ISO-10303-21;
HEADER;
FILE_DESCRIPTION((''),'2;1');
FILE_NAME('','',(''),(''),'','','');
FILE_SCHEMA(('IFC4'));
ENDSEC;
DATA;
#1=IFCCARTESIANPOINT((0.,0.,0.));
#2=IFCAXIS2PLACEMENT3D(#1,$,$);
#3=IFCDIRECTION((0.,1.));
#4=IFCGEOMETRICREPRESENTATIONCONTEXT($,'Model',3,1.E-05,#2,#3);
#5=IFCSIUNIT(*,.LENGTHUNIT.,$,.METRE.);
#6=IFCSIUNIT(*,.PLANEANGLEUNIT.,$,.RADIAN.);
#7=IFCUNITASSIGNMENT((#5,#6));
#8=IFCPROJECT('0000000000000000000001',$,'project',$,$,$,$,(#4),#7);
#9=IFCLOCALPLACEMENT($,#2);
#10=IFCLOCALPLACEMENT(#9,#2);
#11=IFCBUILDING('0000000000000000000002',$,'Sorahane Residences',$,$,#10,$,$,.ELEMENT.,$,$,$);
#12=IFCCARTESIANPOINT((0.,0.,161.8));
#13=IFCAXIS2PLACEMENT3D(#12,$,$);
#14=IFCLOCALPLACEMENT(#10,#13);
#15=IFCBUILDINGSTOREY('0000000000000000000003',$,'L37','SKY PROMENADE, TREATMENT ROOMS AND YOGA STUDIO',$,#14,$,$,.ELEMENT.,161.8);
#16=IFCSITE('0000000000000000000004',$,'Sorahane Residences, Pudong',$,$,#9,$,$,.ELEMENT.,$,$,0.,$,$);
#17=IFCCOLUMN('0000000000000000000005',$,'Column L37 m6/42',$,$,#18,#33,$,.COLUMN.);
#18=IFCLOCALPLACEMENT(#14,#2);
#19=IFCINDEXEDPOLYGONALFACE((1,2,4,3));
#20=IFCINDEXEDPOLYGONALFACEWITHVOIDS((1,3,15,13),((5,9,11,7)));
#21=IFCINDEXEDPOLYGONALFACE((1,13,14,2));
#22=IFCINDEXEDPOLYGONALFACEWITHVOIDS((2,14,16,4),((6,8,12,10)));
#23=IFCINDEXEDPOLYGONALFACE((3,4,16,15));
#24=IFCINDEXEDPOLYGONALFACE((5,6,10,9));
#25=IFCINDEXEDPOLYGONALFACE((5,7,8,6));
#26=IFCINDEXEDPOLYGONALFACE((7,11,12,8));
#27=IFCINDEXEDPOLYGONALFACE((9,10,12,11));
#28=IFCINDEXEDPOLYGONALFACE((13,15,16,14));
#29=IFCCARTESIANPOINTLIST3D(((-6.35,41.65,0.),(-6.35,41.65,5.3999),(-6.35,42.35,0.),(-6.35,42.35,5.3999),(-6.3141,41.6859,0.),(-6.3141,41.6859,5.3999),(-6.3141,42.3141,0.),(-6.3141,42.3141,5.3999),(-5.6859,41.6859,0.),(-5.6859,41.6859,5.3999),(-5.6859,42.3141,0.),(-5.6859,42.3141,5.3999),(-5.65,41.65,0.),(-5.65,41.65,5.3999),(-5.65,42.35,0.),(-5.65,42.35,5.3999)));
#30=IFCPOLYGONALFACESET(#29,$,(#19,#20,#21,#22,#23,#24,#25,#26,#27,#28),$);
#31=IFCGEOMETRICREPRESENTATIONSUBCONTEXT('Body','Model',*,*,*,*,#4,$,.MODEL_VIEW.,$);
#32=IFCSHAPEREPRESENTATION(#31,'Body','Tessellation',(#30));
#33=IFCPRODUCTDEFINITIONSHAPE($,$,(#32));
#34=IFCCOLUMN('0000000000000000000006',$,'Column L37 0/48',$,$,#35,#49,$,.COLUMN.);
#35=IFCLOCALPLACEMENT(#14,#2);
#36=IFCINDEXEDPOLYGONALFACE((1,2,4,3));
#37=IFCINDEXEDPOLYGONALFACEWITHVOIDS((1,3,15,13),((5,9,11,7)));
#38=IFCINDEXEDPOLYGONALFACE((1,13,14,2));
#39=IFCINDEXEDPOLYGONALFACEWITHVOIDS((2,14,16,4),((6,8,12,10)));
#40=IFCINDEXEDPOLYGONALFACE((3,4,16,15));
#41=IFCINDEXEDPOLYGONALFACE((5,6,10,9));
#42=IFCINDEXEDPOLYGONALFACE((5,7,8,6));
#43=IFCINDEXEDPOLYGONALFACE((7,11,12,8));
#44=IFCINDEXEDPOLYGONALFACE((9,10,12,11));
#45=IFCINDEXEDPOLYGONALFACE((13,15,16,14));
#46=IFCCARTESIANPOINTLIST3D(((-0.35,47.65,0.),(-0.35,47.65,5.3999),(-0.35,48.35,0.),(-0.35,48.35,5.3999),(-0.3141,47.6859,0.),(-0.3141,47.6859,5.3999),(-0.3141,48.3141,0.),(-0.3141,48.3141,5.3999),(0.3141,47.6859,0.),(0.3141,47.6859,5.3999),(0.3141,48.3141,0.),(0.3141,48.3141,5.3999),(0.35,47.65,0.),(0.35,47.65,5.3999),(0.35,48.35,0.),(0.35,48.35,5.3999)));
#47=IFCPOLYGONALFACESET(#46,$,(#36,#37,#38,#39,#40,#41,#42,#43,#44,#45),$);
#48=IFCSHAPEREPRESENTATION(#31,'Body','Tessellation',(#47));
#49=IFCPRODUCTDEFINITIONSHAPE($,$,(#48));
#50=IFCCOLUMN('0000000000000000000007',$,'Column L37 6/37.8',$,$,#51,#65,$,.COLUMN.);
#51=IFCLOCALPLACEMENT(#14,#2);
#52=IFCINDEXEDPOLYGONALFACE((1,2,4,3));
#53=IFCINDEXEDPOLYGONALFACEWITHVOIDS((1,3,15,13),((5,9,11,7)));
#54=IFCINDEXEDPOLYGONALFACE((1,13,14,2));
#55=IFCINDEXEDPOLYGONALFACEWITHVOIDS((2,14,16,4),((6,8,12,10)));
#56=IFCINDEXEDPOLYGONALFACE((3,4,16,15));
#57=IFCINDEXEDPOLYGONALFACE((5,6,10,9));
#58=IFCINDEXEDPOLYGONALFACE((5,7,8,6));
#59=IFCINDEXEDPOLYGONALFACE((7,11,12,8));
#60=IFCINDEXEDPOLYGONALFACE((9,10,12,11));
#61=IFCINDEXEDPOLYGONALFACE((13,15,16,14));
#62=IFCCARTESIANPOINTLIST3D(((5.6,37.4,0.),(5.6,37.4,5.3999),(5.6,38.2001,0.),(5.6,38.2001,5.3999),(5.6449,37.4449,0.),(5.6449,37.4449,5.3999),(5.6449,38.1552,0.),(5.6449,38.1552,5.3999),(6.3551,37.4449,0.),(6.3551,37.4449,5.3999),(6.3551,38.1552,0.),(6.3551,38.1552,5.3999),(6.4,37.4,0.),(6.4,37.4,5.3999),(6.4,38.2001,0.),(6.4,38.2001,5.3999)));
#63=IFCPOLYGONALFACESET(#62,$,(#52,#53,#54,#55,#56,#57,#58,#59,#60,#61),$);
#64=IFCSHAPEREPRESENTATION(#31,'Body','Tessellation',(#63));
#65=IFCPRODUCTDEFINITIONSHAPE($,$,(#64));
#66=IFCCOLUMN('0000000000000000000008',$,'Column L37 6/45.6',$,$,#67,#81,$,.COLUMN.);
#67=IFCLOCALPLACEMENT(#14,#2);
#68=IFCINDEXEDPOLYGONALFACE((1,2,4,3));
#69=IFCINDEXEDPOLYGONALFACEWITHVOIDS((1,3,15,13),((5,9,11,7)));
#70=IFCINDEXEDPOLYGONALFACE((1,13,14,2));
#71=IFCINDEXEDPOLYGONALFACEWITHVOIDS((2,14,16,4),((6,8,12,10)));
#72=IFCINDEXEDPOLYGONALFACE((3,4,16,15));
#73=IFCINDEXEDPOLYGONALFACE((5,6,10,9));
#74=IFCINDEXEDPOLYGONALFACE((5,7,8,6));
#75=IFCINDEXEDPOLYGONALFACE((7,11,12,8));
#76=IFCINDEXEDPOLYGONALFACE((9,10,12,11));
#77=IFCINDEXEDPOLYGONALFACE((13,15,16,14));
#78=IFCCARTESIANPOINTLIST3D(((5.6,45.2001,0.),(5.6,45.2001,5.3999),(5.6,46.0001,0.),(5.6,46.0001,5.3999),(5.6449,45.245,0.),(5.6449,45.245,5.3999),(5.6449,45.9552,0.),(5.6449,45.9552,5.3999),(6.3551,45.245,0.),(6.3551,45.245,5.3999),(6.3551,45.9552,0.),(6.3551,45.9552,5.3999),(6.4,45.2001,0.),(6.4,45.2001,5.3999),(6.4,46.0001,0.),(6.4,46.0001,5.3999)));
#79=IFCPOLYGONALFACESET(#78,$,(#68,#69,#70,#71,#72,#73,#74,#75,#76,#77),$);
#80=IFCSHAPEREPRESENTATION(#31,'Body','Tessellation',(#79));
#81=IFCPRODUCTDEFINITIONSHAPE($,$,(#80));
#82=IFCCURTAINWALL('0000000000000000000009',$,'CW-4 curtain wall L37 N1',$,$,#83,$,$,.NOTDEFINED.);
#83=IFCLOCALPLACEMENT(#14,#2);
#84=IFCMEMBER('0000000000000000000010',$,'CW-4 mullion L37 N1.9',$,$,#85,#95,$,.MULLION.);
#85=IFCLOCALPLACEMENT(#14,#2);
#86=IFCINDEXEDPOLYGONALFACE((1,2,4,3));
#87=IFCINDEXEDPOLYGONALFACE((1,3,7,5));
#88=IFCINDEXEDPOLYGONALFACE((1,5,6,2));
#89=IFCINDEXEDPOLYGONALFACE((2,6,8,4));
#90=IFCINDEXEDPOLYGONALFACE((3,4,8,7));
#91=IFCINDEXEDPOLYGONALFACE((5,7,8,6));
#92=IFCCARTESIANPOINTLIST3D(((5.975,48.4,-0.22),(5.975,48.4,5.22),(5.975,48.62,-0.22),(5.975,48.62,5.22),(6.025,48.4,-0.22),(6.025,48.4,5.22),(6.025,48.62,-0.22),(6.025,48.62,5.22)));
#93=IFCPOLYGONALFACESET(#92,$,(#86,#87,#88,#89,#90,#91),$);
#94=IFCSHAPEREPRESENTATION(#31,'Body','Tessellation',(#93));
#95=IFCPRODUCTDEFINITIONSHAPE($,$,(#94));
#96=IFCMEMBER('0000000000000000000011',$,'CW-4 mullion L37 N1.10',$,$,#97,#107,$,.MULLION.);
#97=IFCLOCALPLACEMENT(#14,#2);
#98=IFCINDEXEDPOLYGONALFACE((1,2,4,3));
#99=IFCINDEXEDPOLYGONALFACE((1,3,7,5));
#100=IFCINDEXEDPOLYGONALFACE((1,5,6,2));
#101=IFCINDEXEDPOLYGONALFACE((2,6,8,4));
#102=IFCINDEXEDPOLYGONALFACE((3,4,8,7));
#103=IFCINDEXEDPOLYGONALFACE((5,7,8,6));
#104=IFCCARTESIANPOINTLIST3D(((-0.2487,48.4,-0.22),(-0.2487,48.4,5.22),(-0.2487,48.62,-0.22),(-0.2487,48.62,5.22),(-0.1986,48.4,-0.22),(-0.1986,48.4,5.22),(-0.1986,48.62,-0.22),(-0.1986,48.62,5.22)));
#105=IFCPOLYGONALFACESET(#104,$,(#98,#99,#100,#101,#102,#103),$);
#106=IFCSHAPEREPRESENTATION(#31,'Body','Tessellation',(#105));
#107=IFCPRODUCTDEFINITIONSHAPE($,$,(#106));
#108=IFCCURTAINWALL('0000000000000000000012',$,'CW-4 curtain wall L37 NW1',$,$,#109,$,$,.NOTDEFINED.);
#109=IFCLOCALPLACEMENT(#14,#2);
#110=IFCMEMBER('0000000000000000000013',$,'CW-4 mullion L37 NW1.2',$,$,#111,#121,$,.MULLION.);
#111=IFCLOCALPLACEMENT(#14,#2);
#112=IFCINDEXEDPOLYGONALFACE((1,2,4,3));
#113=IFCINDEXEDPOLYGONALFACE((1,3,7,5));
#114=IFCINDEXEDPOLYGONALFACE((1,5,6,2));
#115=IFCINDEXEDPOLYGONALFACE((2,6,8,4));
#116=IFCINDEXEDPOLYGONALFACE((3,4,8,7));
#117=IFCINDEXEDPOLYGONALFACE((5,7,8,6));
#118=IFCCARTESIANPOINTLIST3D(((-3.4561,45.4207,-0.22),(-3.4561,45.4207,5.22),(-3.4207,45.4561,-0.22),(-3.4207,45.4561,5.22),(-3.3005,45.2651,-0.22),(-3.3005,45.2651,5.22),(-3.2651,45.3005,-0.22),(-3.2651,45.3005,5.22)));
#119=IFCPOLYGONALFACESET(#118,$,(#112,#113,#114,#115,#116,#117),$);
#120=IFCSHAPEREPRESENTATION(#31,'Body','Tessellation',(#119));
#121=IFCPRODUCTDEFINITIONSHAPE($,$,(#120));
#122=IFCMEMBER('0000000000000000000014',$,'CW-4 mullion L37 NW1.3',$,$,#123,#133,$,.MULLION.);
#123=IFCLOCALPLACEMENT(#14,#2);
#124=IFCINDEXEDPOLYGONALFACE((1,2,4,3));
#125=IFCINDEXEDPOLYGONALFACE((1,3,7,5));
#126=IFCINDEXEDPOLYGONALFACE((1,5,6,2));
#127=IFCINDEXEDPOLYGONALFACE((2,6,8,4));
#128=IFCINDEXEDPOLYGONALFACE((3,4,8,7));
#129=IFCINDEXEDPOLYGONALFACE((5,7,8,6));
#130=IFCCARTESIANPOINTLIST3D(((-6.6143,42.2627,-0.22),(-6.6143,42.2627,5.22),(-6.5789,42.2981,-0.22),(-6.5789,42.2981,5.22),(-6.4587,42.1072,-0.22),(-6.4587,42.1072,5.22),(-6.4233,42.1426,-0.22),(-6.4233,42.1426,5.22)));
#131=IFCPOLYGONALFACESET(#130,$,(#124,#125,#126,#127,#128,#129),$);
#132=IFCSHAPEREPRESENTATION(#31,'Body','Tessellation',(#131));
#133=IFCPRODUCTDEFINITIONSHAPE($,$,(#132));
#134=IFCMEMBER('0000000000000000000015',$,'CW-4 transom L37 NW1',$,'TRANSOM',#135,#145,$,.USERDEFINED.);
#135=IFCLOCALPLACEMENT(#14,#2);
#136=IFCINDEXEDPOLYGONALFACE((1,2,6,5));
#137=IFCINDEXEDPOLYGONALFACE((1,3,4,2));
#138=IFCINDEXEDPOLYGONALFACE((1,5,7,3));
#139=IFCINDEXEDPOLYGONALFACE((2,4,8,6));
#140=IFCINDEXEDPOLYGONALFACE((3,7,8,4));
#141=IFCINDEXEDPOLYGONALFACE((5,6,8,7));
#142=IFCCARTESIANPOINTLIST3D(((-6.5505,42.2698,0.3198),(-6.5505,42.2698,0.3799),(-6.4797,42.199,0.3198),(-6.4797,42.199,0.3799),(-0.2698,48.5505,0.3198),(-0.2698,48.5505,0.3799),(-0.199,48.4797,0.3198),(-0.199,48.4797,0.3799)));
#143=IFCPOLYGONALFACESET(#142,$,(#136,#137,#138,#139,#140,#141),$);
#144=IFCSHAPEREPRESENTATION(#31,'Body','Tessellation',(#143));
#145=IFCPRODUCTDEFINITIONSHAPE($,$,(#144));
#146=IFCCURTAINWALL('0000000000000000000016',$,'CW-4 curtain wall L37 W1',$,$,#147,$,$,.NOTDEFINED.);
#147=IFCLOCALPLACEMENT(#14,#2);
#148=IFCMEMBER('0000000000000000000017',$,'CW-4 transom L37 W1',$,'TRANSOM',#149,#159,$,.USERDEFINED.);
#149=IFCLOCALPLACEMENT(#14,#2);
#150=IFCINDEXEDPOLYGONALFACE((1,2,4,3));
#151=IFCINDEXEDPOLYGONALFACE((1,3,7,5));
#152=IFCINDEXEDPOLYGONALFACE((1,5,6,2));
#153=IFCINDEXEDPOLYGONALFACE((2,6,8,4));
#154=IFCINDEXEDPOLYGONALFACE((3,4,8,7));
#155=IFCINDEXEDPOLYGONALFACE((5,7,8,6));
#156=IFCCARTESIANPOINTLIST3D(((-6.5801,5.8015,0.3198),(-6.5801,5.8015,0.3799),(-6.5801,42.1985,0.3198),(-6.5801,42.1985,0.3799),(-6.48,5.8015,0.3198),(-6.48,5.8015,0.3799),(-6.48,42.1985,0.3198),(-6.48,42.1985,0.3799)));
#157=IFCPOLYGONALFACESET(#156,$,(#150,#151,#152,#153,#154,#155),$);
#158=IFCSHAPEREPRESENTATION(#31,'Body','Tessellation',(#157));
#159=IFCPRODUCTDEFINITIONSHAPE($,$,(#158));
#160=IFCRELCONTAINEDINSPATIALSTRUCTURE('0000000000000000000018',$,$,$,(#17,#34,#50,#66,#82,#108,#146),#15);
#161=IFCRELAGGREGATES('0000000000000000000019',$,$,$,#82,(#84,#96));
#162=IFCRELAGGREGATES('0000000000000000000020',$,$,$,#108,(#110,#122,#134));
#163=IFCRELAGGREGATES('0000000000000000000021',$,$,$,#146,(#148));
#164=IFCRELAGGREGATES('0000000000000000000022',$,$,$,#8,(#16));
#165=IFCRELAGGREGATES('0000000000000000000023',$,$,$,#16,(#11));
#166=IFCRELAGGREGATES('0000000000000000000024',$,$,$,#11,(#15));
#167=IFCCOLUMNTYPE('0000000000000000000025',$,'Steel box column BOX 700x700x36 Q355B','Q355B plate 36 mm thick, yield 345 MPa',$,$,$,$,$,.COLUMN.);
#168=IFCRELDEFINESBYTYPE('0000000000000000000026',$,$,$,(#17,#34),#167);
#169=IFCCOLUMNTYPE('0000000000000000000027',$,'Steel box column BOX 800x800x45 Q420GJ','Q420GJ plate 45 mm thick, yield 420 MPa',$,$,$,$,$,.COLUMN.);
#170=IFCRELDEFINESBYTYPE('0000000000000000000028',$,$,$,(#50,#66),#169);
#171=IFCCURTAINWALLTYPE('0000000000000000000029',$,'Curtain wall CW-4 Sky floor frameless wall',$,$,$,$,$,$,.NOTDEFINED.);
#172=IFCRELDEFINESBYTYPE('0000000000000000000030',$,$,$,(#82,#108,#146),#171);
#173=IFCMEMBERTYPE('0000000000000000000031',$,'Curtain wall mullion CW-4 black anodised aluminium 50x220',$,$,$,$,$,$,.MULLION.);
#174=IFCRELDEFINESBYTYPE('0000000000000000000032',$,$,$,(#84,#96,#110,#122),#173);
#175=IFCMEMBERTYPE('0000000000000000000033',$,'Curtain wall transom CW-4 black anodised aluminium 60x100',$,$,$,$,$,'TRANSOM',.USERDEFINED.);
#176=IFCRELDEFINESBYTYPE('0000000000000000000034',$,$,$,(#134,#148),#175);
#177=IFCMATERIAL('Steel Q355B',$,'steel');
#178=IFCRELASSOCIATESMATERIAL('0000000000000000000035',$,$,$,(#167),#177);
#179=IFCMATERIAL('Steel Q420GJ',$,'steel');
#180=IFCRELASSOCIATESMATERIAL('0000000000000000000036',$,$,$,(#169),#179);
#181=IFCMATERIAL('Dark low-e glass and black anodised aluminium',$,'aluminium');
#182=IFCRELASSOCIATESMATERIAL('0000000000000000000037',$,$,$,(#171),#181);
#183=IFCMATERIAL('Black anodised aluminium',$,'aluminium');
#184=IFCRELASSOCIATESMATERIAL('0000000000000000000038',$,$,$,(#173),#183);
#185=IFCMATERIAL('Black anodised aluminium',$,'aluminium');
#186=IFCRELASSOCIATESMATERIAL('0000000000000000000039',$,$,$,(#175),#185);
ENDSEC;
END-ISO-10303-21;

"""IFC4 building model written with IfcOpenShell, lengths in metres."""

from ifc_helpers import new_model, si_unit, direction, frame, origin, origin_2d, place, context, subcontext, project, spatial, rectangle, hollow_rectangle, extrude, material, material_profile, profile_set, type_object, element, aggregate, save


model = new_model("IFC4")

# Units and contexts
model_context = context("Model", 3, precision=1e-05, world=origin(), true_north=direction((0.0, 1.0)))
body_context = subcontext(model_context, "Body", "Model", "MODEL_VIEW")
ifc_project = project(units=[si_unit("LENGTHUNIT", "METRE"), si_unit("PLANEANGLEUNIT", "RADIAN")], contexts=[model_context])

# Site, building, storey
site_placement = place(None, origin())
site = spatial("IfcSite", under=ifc_project, at=site_placement, Name="Sorahane Residences, Pudong", CompositionType="ELEMENT", RefElevation=0.0)
building_placement = place(site_placement, origin())
building = spatial("IfcBuilding", under=site, at=building_placement, Name="Sorahane Residences", CompositionType="ELEMENT")
storey_placement = place(building_placement, frame((0.0, 0.0, 161.8)))
storey = spatial("IfcBuildingStorey", under=building, at=storey_placement, Name="L37", Description="SKY PROMENADE, TREATMENT ROOMS AND YOGA STUDIO", CompositionType="ELEMENT", Elevation=161.8)

# Columns
ifc_material_1 = material(Name="Steel Q355B", Category="steel")
ifc_material_profile_1 = material_profile(ifc_material_1, hollow_rectangle(XDim=0.7, YDim=0.7, WallThickness=0.0359, at=origin_2d()), Name="BOX 700x700x36")
ifc_profile_set_1 = profile_set([ifc_material_profile_1], Name="Steel Q355B")
column_type_1 = type_object("IfcColumnType", Name="Steel box column BOX 700x700x36 Q355B", Description="Q355B plate 36 mm thick, yield 345 MPa", PredefinedType="COLUMN", material=ifc_profile_set_1)
for number, where, z_axis, x_axis, name in (
    (1, (-6.0, 42.0, 0.0), (0.0, 0.0, 1.0), (1.0, 0.0, 0.0), "Column L37 m6/42"),
    (2, (0.0, 48.0, 0.0), (0.0, 0.0, 1.0), (1.0, 0.0, 0.0), "Column L37 0/48"),
):
    element("IfcColumn", number, at=place(storey_placement, frame(where, z_axis=z_axis, x_axis=x_axis)), inside=storey, type_object=column_type_1, Name=name, PredefinedType="COLUMN", context=body_context, shape_type="SweptSolid", body=[
        extrude(hollow_rectangle(XDim=0.7, YDim=0.7, WallThickness=0.0359, at=origin_2d()), origin(), (0.0, 0.0, 1.0), 5.3999),
    ])
ifc_material_2 = material(Name="Steel Q420GJ", Category="steel")
ifc_material_profile_2 = material_profile(ifc_material_2, hollow_rectangle(XDim=0.8, YDim=0.8, WallThickness=0.0449, at=origin_2d()), Name="BOX 800x800x45")
ifc_profile_set_2 = profile_set([ifc_material_profile_2], Name="Steel Q420GJ")
column_type_2 = type_object("IfcColumnType", Name="Steel box column BOX 800x800x45 Q420GJ", Description="Q420GJ plate 45 mm thick, yield 420 MPa", PredefinedType="COLUMN", material=ifc_profile_set_2)
for number, where, z_axis, x_axis, name in (
    (3, (6.0, 37.8, 0.0), (0.0, 0.0, 1.0), (1.0, 0.0, 0.0), "Column L37 6/37.8"),
    (4, (6.0, 45.6001, 0.0), (0.0, 0.0, 1.0), (1.0, 0.0, 0.0), "Column L37 6/45.6"),
):
    element("IfcColumn", number, at=place(storey_placement, frame(where, z_axis=z_axis, x_axis=x_axis)), inside=storey, type_object=column_type_2, Name=name, PredefinedType="COLUMN", context=body_context, shape_type="SweptSolid", body=[
        extrude(hollow_rectangle(XDim=0.8, YDim=0.8, WallThickness=0.0449, at=origin_2d()), origin(), (0.0, 0.0, 1.0), 5.3999),
    ])

# Curtain walls, members
ifc_material_3 = material(Name="Dark low-e glass and black anodised aluminium", Category="aluminium")
curtain_wall_type = type_object("IfcCurtainWallType", Name="Curtain wall CW-4 Sky floor frameless wall", PredefinedType="NOTDEFINED", material=ifc_material_3)
curtain_wall_1_placement = place(storey_placement, origin())
curtain_wall_1 = element("IfcCurtainWall", 5, at=curtain_wall_1_placement, inside=storey, type_object=curtain_wall_type, Name="CW-4 curtain wall L37 N1", PredefinedType="NOTDEFINED")
ifc_material_4 = material(Name="Black anodised aluminium", Category="aluminium")
ifc_material_profile_3 = material_profile(ifc_material_4, rectangle(XDim=0.22, YDim=0.05, at=origin_2d()), Name="Curtain wall mullion CW-4 black anodised aluminium 50x220")
ifc_profile_set_3 = profile_set([ifc_material_profile_3], Name="Black anodised aluminium")
member_type_1 = type_object("IfcMemberType", Name="Curtain wall mullion CW-4 black anodised aluminium 50x220", PredefinedType="MULLION", material=ifc_profile_set_3)
member_1_placement = place(storey_placement, frame((6.0, 48.51, -0.22), z_axis=(0.0, 0.0, 1.0), x_axis=(0.0, 1.0, 0.0)))
member_1 = element("IfcMember", 6, at=member_1_placement, type_object=member_type_1, Name="CW-4 mullion L37 N1.9", PredefinedType="MULLION", context=body_context, shape_type="SweptSolid", body=[
    extrude(rectangle(XDim=0.22, YDim=0.05, at=origin_2d()), origin(), (0.0, 0.0, 1.0), 5.4399),
])
member_2_placement = place(storey_placement, frame((-0.2236, 48.51, -0.22), z_axis=(0.0, 0.0, 1.0), x_axis=(0.0, 1.0, 0.0)))
member_2 = element("IfcMember", 7, at=member_2_placement, type_object=member_type_1, Name="CW-4 mullion L37 N1.10", PredefinedType="MULLION", context=body_context, shape_type="SweptSolid", body=[
    extrude(rectangle(XDim=0.22, YDim=0.05, at=origin_2d()), origin(), (0.0, 0.0, 1.0), 5.4399),
])
curtain_wall_2_placement = place(storey_placement, origin())
curtain_wall_2 = element("IfcCurtainWall", 8, at=curtain_wall_2_placement, inside=storey, type_object=curtain_wall_type, Name="CW-4 curtain wall L37 NW1", PredefinedType="NOTDEFINED")
member_3_placement = place(storey_placement, frame((-3.3606, 45.3606, -0.22), z_axis=(0.0, 0.0, 1.0), x_axis=(-0.707107, 0.707107, 0.0)))
member_3 = element("IfcMember", 9, at=member_3_placement, type_object=member_type_1, Name="CW-4 mullion L37 NW1.2", PredefinedType="MULLION", context=body_context, shape_type="SweptSolid", body=[
    extrude(rectangle(XDim=0.22, YDim=0.05, at=origin_2d()), origin(), (0.0, 0.0, 1.0), 5.4399),
])
member_4_placement = place(storey_placement, frame((-6.5188, 42.2026, -0.22), z_axis=(0.0, 0.0, 1.0), x_axis=(-0.707107, 0.707107, 0.0)))
member_4 = element("IfcMember", 10, at=member_4_placement, type_object=member_type_1, Name="CW-4 mullion L37 NW1.3", PredefinedType="MULLION", context=body_context, shape_type="SweptSolid", body=[
    extrude(rectangle(XDim=0.22, YDim=0.05, at=origin_2d()), origin(), (0.0, 0.0, 1.0), 5.4399),
])
ifc_material_5 = material(Name="Black anodised aluminium", Category="aluminium")
ifc_material_profile_4 = material_profile(ifc_material_5, rectangle(XDim=0.1001, YDim=0.0601, at=origin_2d()), Name="Curtain wall transom CW-4 black anodised aluminium 60x100")
ifc_profile_set_4 = profile_set([ifc_material_profile_4], Name="Black anodised aluminium")
member_type_2 = type_object("IfcMemberType", Name="Curtain wall transom CW-4 black anodised aluminium 60x100", ElementType="TRANSOM", PredefinedType="USERDEFINED", material=ifc_profile_set_4)
member_5_placement = place(storey_placement, frame((-0.2344, 48.5151, 0.3499), z_axis=(-0.707107, -0.707107, 0.0), x_axis=(0.707107, -0.707107, 0.0)))
member_5 = element("IfcMember", 11, at=member_5_placement, type_object=member_type_2, Name="CW-4 transom L37 NW1", ObjectType="TRANSOM", PredefinedType="USERDEFINED", context=body_context, shape_type="SweptSolid", body=[
    extrude(rectangle(XDim=0.1001, YDim=0.0601, at=origin_2d()), origin(), (0.0, 0.0, 1.0), 8.8823),
])

# Curtain wall, member
curtain_wall_3_placement = place(storey_placement, origin())
curtain_wall_3 = element("IfcCurtainWall", 12, at=curtain_wall_3_placement, inside=storey, type_object=curtain_wall_type, Name="CW-4 curtain wall L37 W1", PredefinedType="NOTDEFINED")
member_6_placement = place(storey_placement, frame((-6.53, 42.1985, 0.3499), z_axis=(0.0, -1.0, 0.0), x_axis=(1.0, 0.0, 0.0)))
member_6 = element("IfcMember", 13, at=member_6_placement, type_object=member_type_2, Name="CW-4 transom L37 W1", ObjectType="TRANSOM", PredefinedType="USERDEFINED", context=body_context, shape_type="SweptSolid", body=[
    extrude(rectangle(XDim=0.1001, YDim=0.0601, at=origin_2d()), origin(), (0.0, 0.0, 1.0), 36.397),
])

aggregate(curtain_wall_1, [member_1, member_2])
aggregate(curtain_wall_2, [member_3, member_4, member_5])
aggregate(curtain_wall_3, [member_6])

save(model, "model.ifc")
